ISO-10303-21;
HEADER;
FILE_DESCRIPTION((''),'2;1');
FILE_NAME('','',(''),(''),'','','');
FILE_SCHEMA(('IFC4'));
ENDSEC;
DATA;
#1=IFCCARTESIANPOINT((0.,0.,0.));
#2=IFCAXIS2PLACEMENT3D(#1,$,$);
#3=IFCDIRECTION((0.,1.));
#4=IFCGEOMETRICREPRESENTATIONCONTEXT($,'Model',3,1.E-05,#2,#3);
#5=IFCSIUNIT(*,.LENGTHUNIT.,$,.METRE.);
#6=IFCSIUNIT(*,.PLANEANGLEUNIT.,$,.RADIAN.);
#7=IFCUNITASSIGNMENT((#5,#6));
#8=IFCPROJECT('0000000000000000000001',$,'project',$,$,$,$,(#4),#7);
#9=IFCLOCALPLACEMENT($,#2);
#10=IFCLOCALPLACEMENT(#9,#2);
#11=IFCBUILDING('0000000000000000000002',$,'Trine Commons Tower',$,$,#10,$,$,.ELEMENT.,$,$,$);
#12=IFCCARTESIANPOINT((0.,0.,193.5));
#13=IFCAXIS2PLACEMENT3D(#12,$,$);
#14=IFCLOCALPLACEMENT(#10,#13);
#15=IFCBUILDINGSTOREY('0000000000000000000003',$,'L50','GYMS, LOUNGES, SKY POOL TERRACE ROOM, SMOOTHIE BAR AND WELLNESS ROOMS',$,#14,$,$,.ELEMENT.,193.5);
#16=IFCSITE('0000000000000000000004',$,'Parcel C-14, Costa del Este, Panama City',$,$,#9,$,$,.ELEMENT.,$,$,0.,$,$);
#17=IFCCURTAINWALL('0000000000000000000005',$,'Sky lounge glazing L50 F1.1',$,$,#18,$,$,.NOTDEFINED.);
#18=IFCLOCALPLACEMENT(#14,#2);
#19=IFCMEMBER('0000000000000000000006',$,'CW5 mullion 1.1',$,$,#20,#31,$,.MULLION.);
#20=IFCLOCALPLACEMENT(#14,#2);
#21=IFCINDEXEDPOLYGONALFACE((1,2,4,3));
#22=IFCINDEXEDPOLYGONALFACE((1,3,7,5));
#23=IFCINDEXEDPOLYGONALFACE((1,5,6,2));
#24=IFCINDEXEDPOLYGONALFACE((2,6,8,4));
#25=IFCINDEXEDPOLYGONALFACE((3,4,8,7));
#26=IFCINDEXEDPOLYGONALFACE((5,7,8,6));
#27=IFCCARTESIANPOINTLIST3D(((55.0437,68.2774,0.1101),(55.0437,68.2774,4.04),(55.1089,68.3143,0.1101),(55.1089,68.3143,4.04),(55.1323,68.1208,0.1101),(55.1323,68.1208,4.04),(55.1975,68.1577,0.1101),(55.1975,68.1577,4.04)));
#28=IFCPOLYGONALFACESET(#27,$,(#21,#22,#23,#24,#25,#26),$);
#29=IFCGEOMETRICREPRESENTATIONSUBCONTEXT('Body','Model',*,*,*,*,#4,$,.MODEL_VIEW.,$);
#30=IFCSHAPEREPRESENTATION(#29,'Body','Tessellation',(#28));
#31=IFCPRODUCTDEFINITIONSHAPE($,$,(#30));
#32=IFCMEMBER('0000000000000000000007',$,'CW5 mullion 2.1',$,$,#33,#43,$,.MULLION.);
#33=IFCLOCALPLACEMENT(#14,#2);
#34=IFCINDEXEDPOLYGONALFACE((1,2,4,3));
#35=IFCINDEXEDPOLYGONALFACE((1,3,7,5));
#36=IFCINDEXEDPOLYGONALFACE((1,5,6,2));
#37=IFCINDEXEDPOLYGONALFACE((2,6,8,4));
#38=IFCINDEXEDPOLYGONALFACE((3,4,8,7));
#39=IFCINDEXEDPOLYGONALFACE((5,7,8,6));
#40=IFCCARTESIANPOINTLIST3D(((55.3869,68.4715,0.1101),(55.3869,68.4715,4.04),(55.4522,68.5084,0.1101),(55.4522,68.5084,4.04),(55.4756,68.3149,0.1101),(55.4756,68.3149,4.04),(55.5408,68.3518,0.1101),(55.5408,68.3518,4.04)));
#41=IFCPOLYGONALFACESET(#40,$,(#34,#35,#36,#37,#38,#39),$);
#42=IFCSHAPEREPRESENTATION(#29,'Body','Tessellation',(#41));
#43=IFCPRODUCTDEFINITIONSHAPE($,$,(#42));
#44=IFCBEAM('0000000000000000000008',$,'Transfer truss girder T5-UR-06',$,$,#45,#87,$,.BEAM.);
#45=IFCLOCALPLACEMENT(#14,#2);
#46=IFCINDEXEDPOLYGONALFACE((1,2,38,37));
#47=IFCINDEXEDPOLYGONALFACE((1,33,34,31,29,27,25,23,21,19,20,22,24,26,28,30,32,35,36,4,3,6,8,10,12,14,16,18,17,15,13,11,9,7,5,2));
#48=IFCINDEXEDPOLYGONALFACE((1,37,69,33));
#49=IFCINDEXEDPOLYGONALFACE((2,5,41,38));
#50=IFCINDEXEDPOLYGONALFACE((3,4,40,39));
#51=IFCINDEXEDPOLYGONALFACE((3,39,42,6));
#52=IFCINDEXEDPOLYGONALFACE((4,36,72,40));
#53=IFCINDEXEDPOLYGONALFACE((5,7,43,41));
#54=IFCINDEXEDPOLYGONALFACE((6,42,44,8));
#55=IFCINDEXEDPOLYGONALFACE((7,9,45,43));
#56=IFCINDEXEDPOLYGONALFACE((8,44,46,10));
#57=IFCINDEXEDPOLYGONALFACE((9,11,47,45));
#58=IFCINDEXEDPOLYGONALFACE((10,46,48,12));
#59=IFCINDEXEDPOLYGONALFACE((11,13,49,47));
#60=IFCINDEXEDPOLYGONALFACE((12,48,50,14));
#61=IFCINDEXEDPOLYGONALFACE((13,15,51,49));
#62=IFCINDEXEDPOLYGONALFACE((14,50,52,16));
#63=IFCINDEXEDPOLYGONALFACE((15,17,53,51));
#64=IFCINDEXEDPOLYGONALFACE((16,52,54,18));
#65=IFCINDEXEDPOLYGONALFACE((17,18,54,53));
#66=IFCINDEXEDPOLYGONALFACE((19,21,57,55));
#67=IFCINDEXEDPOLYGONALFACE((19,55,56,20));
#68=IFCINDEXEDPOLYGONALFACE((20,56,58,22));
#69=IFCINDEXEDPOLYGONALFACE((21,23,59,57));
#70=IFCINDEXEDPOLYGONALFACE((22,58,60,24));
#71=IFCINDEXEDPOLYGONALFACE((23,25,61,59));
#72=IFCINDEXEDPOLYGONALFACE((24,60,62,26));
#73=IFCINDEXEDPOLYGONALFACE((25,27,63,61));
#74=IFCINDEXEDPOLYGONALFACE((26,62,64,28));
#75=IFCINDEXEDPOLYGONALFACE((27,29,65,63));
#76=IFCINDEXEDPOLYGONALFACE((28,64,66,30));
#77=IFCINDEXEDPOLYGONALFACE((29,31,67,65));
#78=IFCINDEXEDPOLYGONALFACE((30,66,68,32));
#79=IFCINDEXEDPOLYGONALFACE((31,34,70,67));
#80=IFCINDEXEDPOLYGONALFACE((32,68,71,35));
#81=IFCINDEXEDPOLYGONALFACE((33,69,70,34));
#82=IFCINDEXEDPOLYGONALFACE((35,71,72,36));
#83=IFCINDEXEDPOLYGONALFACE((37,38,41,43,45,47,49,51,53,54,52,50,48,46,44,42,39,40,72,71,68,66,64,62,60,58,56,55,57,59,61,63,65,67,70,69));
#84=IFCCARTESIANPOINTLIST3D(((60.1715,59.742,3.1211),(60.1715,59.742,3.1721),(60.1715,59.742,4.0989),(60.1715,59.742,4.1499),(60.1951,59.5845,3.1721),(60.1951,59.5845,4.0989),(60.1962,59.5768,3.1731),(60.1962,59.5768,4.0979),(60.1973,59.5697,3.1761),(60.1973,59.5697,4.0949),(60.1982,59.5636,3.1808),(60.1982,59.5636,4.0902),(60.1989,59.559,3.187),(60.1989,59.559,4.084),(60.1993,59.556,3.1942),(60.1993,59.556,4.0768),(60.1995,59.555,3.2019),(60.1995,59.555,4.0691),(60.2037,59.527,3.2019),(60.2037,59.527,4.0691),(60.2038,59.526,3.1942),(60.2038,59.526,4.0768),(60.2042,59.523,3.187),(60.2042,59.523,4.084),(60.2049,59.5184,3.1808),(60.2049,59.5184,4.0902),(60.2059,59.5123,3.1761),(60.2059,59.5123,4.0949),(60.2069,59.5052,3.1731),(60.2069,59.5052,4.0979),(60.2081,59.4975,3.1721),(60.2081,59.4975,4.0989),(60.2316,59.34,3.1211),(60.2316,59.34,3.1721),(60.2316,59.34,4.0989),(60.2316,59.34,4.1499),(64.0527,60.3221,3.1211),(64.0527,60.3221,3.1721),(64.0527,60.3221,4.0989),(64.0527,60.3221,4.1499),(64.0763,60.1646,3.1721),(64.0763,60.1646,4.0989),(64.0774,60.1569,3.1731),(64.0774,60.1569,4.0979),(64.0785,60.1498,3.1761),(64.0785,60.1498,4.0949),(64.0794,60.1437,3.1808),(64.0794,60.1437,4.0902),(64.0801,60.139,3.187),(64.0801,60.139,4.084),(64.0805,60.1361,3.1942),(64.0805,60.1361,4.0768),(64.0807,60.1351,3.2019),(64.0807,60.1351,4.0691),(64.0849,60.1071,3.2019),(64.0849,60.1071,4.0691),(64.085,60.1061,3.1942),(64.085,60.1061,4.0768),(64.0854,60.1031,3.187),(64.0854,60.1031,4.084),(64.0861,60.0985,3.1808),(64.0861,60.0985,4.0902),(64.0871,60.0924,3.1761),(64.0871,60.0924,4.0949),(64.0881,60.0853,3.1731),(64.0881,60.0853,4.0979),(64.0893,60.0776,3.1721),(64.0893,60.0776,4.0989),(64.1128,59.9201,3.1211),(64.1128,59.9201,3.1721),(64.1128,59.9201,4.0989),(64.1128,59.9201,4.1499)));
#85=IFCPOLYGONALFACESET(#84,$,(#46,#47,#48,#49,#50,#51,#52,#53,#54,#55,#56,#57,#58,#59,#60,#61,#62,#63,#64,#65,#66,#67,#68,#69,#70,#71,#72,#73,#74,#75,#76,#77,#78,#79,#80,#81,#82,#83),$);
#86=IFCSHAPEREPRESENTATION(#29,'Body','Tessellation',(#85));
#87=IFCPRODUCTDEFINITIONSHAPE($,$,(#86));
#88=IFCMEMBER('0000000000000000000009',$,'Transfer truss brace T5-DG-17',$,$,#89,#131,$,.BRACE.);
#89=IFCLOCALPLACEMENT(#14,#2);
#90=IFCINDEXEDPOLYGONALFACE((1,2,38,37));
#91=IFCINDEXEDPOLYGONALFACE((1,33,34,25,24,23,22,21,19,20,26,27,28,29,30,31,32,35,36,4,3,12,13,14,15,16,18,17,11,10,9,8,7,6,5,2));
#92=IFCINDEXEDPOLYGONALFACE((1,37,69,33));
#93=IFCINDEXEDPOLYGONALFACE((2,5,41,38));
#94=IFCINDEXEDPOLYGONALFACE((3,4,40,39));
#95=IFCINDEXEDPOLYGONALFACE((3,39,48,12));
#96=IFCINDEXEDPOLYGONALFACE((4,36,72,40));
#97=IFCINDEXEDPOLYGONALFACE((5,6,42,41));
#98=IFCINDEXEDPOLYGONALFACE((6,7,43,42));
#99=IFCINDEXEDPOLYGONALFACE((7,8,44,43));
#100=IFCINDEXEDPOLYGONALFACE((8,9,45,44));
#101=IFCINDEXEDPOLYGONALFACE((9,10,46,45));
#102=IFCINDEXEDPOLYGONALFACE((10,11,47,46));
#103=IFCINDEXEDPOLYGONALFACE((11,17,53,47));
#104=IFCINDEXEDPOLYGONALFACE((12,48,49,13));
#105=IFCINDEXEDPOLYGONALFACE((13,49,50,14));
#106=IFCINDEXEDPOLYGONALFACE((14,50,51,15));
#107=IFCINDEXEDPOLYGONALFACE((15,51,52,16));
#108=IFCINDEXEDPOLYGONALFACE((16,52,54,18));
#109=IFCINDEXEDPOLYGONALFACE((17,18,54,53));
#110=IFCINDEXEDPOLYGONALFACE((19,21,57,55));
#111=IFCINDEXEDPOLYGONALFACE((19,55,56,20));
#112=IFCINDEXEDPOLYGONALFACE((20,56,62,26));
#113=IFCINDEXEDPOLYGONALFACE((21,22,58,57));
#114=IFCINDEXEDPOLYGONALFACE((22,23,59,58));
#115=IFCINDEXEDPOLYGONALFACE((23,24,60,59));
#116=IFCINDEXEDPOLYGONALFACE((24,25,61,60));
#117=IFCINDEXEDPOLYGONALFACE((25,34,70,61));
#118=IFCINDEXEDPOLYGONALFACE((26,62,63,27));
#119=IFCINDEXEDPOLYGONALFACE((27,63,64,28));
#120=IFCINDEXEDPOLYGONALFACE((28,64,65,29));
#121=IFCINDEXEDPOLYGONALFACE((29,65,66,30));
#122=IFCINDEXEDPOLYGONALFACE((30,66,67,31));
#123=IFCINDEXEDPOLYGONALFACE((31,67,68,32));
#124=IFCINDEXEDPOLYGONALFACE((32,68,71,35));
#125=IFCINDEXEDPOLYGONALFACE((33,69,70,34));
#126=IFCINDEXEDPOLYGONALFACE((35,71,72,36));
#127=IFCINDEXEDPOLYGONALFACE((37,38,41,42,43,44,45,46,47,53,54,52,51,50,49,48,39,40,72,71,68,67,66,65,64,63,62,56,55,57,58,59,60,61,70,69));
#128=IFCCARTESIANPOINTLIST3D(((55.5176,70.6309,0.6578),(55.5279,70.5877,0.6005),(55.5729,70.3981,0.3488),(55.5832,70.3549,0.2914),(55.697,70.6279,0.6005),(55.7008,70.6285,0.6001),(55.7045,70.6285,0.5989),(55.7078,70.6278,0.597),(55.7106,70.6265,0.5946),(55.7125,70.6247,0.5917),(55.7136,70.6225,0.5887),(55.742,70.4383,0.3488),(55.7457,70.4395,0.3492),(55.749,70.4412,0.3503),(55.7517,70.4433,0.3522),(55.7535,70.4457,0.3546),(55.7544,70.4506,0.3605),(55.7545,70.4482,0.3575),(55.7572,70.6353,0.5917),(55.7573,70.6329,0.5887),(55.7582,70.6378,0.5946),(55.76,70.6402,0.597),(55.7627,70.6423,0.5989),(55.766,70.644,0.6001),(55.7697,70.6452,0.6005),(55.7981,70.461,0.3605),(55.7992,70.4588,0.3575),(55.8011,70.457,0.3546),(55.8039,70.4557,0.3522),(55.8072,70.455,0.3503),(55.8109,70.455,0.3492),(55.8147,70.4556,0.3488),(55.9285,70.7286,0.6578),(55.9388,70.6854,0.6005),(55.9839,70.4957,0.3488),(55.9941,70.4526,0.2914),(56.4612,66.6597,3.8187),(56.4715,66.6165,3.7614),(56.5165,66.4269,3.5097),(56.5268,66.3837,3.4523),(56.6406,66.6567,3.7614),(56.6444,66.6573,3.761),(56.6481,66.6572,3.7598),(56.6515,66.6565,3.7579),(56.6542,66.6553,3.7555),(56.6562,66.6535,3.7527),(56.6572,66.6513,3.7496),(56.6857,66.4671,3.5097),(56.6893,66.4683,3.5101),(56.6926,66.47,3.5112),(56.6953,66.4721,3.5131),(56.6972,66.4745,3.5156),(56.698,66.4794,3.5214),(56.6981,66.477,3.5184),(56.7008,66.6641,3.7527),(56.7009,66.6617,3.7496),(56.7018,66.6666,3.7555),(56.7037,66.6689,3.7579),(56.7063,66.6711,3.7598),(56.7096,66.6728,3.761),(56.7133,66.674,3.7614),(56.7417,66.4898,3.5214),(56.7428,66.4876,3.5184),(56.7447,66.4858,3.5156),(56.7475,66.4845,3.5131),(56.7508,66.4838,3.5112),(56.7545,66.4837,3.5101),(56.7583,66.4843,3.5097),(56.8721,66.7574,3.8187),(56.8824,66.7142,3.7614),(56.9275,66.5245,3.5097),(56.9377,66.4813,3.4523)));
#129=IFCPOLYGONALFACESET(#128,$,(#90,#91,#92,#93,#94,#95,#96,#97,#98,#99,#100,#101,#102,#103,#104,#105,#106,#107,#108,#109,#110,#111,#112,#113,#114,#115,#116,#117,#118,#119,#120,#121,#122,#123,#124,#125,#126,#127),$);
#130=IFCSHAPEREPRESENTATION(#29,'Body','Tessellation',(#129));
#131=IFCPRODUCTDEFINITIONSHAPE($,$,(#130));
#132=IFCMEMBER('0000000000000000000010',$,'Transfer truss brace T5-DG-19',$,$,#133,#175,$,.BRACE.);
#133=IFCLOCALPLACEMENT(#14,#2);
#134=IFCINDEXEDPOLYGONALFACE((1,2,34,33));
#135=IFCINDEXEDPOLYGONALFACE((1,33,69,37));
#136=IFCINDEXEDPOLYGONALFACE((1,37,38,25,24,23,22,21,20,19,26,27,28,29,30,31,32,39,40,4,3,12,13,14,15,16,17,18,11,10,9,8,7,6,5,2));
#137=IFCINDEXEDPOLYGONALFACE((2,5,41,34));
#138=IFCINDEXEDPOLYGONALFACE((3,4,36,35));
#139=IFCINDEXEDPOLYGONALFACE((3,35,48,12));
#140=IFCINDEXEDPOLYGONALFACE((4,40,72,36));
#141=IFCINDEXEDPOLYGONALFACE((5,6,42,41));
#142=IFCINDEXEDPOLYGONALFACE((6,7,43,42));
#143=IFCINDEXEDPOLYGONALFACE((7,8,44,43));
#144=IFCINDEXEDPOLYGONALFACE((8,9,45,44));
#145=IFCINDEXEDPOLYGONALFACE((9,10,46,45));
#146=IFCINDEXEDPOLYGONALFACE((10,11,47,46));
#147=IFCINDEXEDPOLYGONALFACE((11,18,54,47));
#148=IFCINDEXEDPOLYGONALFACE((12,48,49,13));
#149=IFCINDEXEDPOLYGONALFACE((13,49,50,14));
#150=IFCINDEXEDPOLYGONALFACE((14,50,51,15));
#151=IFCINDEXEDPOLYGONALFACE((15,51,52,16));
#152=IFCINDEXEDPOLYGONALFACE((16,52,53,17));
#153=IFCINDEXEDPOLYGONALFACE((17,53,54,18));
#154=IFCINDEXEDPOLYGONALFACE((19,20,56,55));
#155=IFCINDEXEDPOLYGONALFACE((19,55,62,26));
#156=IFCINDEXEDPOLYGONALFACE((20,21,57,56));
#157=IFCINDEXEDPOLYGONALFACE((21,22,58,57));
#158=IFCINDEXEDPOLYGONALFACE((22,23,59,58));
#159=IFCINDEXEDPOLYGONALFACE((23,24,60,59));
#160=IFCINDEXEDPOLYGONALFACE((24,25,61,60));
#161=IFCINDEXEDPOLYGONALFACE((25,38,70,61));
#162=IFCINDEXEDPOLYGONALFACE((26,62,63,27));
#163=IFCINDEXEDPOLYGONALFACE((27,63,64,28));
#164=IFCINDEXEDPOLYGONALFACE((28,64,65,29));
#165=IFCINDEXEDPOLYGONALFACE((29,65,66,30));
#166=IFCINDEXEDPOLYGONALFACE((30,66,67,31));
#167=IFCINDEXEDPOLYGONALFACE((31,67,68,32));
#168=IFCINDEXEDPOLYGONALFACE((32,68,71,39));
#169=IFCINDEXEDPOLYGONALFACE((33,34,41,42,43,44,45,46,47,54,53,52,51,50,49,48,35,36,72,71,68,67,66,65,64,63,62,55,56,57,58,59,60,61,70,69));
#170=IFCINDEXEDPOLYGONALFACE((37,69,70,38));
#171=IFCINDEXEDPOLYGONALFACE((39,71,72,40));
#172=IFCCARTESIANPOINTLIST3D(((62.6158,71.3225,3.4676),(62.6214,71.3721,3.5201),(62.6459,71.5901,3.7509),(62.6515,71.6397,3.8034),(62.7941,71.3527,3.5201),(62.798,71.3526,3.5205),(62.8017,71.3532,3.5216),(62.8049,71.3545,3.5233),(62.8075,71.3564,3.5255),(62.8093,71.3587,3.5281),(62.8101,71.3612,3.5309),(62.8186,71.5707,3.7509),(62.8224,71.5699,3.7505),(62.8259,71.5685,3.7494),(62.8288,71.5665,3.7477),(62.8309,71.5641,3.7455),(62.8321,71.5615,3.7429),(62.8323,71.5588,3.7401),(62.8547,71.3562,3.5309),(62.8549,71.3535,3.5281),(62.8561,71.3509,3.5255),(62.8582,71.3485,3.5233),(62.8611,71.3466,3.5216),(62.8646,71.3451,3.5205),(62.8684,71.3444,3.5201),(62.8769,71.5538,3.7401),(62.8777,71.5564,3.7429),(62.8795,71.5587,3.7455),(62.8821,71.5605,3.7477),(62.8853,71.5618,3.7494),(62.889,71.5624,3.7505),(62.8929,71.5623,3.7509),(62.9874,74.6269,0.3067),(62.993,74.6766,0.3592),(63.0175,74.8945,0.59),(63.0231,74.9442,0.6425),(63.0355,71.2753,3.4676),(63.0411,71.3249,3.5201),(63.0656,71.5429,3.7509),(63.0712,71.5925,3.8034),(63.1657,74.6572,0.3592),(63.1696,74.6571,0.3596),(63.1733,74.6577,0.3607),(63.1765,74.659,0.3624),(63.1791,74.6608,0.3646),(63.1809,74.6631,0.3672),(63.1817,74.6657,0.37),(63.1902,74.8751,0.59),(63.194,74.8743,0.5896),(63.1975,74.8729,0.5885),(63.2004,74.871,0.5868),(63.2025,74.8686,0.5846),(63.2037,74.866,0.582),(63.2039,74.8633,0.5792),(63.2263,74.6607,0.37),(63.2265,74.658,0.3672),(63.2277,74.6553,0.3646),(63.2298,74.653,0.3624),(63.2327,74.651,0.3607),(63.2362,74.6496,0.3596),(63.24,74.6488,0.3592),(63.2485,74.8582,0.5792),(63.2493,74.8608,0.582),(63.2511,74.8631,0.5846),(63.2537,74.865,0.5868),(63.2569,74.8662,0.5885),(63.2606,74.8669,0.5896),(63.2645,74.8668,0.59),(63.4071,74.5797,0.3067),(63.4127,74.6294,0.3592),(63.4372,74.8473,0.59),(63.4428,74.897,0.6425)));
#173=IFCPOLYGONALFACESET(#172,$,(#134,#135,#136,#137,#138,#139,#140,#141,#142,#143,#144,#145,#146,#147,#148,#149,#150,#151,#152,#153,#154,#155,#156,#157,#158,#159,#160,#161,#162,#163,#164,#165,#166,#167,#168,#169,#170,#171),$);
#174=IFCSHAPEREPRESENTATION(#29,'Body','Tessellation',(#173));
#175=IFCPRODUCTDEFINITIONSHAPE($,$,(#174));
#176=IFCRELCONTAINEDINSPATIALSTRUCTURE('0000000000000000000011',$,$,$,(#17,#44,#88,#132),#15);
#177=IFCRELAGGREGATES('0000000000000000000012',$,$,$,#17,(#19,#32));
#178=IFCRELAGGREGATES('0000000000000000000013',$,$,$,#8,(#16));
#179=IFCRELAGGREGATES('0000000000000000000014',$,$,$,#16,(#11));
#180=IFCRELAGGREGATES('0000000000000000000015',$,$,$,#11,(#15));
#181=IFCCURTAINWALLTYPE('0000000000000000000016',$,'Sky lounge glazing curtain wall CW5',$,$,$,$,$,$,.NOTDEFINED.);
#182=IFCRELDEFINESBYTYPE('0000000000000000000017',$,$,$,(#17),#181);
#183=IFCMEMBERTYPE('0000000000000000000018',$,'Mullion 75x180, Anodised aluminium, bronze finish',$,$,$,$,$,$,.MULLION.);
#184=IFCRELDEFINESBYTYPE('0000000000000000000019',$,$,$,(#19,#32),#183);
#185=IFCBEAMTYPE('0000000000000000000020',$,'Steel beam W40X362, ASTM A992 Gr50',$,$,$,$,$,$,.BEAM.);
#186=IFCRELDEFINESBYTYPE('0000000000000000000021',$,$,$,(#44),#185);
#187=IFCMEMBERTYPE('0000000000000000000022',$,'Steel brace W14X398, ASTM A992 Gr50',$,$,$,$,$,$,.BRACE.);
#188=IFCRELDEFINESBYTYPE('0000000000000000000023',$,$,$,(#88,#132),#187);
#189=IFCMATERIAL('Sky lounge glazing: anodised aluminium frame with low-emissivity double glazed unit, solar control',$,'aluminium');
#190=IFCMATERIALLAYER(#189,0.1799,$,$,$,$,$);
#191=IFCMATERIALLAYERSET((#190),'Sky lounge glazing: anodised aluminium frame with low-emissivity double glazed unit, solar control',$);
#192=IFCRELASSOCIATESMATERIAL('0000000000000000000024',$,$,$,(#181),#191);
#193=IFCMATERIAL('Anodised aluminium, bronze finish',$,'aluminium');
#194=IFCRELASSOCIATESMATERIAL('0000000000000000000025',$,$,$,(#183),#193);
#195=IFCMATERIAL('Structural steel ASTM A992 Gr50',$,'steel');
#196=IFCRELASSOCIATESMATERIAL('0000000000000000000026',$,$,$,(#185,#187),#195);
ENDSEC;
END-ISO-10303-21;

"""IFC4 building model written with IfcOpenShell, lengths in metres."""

from ifc_helpers import new_model, si_unit, direction, frame, origin, origin_2d, place, context, subcontext, project, spatial, rectangle, i_section, extrude, material, layer, layer_set, material_profile, profile_set, type_object, element, aggregate, save


model = new_model("IFC4")

# Units and contexts
model_context = context("Model", 3, precision=1e-05, world=origin(), true_north=direction((0.0, 1.0)))
body_context = subcontext(model_context, "Body", "Model", "MODEL_VIEW")
ifc_project = project(units=[si_unit("LENGTHUNIT", "METRE"), si_unit("PLANEANGLEUNIT", "RADIAN")], contexts=[model_context])

# Site, building, storey
site_placement = place(None, origin())
site = spatial("IfcSite", under=ifc_project, at=site_placement, Name="Parcel C-14, Costa del Este, Panama City", CompositionType="ELEMENT", RefElevation=0.0)
building_placement = place(site_placement, origin())
building = spatial("IfcBuilding", under=site, at=building_placement, Name="Trine Commons Tower", CompositionType="ELEMENT")
storey_placement = place(building_placement, frame((0.0, 0.0, 193.5)))
storey = spatial("IfcBuildingStorey", under=building, at=storey_placement, Name="L50", Description="GYMS, LOUNGES, SKY POOL TERRACE ROOM, SMOOTHIE BAR AND WELLNESS ROOMS", CompositionType="ELEMENT", Elevation=193.5)

# Curtain wall, members
ifc_material_1 = material(Name="Sky lounge glazing: anodised aluminium frame with low-emissivity double glazed unit, solar control", Category="aluminium")
ifc_layer_1 = layer(ifc_material_1, 0.1799)
ifc_layer_set_1 = layer_set([ifc_layer_1], Name="Sky lounge glazing: anodised aluminium frame with low-emissivity double glazed unit, solar control")
curtain_wall_type = type_object("IfcCurtainWallType", Name="Sky lounge glazing curtain wall CW5", PredefinedType="NOTDEFINED", material=ifc_layer_set_1)
curtain_wall_placement = place(storey_placement, origin())
curtain_wall = element("IfcCurtainWall", 1, at=curtain_wall_placement, inside=storey, type_object=curtain_wall_type, Name="Sky lounge glazing L50 F1.1", PredefinedType="NOTDEFINED")
ifc_material_2 = material(Name="Anodised aluminium, bronze finish", Category="aluminium")
ifc_material_profile_1 = material_profile(ifc_material_2, rectangle(XDim=0.1799, YDim=0.075, at=origin_2d()), Name="Mullion 75x180")
ifc_profile_set_1 = profile_set([ifc_material_profile_1], Name="Anodised aluminium, bronze finish")
member_type_1 = type_object("IfcMemberType", Name="Mullion 75x180, Anodised aluminium, bronze finish", PredefinedType="MULLION", material=ifc_profile_set_1)
member_1_placement = place(storey_placement, frame((55.1206, 68.2175, 0.1101), z_axis=(0.0, 0.0, 1.0), x_axis=(-0.492424, 0.870356, 0.0)))
member_1 = element("IfcMember", 2, at=member_1_placement, type_object=member_type_1, Name="CW5 mullion 1.1", PredefinedType="MULLION", context=body_context, shape_type="SweptSolid", body=[
    extrude(rectangle(XDim=0.1799, YDim=0.075, at=origin_2d()), origin(), (0.0, 0.0, 1.0), 3.9299),
])
member_2_placement = place(storey_placement, frame((55.4639, 68.4116, 0.1101), z_axis=(0.0, 0.0, 1.0), x_axis=(-0.492424, 0.870356, 0.0)))
member_2 = element("IfcMember", 3, at=member_2_placement, type_object=member_type_1, Name="CW5 mullion 2.1", PredefinedType="MULLION", context=body_context, shape_type="SweptSolid", body=[
    extrude(rectangle(XDim=0.1799, YDim=0.075, at=origin_2d()), origin(), (0.0, 0.0, 1.0), 3.9299),
])

# Beam
ifc_material_3 = material(Name="Structural steel ASTM A992 Gr50", Category="steel")
ifc_material_profile_2 = material_profile(ifc_material_3, i_section(OverallWidth=0.4065, OverallDepth=1.0288, WebThickness=0.0283, FlangeThickness=0.051, FilletRadius=0.0298, at=origin_2d()), Name="W40X362")
ifc_profile_set_2 = profile_set([ifc_material_profile_2], Name="Structural steel ASTM A992 Gr50")
beam_type = type_object("IfcBeamType", Name="Steel beam W40X362, ASTM A992 Gr50", PredefinedType="BEAM", material=ifc_profile_set_2)
beam_placement = place(storey_placement, frame((64.0828, 60.1211, 3.6355), z_axis=(-0.989014, -0.14782, 0.0), x_axis=(0.14782, -0.989014, 0.0)))
element("IfcBeam", 4, at=beam_placement, inside=storey, type_object=beam_type, Name="Transfer truss girder T5-UR-06", PredefinedType="BEAM", context=body_context, shape_type="SweptSolid", body=[
    extrude(i_section(OverallWidth=0.4065, OverallDepth=1.0288, WebThickness=0.0283, FlangeThickness=0.051, FilletRadius=0.0298, at=origin_2d()), origin(), (0.0, 0.0, 1.0), 3.9243),
])

# Members
ifc_material_profile_3 = material_profile(ifc_material_3, i_section(OverallWidth=0.4224, OverallDepth=0.4634, WebThickness=0.0449, FlangeThickness=0.0725, FilletRadius=0.0149, at=origin_2d()), Name="W14X398")
ifc_profile_set_3 = profile_set([ifc_material_profile_3], Name="Structural steel ASTM A992 Gr50")
member_type_2 = type_object("IfcMemberType", Name="Steel brace W14X398, ASTM A992 Gr50", PredefinedType="BRACE", material=ifc_profile_set_3)
member_3_placement = place(storey_placement, frame((55.7559, 70.5417, 0.4746), z_axis=(0.182778, -0.76923, 0.612272), x_axis=(0.972912, 0.231176, 0.0)))
element("IfcMember", 5, at=member_3_placement, inside=storey, type_object=member_type_2, Name="Transfer truss brace T5-DG-17", PredefinedType="BRACE", context=body_context, shape_type="SweptSolid", body=[
    extrude(i_section(OverallWidth=0.4224, OverallDepth=0.4634, WebThickness=0.0449, FlangeThickness=0.0725, FilletRadius=0.0149, at=origin_2d()), origin(), (0.0, 0.0, 1.0), 5.1626),
])
member_4_placement = place(storey_placement, frame((63.2151, 74.762, 0.4746), z_axis=(-0.080992, -0.720255, 0.688965), x_axis=(0.993737, -0.111745, 0.0)))
element("IfcMember", 6, at=member_4_placement, inside=storey, type_object=member_type_2, Name="Transfer truss brace T5-DG-19", PredefinedType="BRACE", context=body_context, shape_type="SweptSolid", body=[
    extrude(i_section(OverallWidth=0.4224, OverallDepth=0.4634, WebThickness=0.0449, FlangeThickness=0.0725, FilletRadius=0.0149, at=origin_2d()), origin(), (0.0, 0.0, 1.0), 4.5879),
])

aggregate(curtain_wall, [member_1, member_2])

save(model, "model.ifc")
